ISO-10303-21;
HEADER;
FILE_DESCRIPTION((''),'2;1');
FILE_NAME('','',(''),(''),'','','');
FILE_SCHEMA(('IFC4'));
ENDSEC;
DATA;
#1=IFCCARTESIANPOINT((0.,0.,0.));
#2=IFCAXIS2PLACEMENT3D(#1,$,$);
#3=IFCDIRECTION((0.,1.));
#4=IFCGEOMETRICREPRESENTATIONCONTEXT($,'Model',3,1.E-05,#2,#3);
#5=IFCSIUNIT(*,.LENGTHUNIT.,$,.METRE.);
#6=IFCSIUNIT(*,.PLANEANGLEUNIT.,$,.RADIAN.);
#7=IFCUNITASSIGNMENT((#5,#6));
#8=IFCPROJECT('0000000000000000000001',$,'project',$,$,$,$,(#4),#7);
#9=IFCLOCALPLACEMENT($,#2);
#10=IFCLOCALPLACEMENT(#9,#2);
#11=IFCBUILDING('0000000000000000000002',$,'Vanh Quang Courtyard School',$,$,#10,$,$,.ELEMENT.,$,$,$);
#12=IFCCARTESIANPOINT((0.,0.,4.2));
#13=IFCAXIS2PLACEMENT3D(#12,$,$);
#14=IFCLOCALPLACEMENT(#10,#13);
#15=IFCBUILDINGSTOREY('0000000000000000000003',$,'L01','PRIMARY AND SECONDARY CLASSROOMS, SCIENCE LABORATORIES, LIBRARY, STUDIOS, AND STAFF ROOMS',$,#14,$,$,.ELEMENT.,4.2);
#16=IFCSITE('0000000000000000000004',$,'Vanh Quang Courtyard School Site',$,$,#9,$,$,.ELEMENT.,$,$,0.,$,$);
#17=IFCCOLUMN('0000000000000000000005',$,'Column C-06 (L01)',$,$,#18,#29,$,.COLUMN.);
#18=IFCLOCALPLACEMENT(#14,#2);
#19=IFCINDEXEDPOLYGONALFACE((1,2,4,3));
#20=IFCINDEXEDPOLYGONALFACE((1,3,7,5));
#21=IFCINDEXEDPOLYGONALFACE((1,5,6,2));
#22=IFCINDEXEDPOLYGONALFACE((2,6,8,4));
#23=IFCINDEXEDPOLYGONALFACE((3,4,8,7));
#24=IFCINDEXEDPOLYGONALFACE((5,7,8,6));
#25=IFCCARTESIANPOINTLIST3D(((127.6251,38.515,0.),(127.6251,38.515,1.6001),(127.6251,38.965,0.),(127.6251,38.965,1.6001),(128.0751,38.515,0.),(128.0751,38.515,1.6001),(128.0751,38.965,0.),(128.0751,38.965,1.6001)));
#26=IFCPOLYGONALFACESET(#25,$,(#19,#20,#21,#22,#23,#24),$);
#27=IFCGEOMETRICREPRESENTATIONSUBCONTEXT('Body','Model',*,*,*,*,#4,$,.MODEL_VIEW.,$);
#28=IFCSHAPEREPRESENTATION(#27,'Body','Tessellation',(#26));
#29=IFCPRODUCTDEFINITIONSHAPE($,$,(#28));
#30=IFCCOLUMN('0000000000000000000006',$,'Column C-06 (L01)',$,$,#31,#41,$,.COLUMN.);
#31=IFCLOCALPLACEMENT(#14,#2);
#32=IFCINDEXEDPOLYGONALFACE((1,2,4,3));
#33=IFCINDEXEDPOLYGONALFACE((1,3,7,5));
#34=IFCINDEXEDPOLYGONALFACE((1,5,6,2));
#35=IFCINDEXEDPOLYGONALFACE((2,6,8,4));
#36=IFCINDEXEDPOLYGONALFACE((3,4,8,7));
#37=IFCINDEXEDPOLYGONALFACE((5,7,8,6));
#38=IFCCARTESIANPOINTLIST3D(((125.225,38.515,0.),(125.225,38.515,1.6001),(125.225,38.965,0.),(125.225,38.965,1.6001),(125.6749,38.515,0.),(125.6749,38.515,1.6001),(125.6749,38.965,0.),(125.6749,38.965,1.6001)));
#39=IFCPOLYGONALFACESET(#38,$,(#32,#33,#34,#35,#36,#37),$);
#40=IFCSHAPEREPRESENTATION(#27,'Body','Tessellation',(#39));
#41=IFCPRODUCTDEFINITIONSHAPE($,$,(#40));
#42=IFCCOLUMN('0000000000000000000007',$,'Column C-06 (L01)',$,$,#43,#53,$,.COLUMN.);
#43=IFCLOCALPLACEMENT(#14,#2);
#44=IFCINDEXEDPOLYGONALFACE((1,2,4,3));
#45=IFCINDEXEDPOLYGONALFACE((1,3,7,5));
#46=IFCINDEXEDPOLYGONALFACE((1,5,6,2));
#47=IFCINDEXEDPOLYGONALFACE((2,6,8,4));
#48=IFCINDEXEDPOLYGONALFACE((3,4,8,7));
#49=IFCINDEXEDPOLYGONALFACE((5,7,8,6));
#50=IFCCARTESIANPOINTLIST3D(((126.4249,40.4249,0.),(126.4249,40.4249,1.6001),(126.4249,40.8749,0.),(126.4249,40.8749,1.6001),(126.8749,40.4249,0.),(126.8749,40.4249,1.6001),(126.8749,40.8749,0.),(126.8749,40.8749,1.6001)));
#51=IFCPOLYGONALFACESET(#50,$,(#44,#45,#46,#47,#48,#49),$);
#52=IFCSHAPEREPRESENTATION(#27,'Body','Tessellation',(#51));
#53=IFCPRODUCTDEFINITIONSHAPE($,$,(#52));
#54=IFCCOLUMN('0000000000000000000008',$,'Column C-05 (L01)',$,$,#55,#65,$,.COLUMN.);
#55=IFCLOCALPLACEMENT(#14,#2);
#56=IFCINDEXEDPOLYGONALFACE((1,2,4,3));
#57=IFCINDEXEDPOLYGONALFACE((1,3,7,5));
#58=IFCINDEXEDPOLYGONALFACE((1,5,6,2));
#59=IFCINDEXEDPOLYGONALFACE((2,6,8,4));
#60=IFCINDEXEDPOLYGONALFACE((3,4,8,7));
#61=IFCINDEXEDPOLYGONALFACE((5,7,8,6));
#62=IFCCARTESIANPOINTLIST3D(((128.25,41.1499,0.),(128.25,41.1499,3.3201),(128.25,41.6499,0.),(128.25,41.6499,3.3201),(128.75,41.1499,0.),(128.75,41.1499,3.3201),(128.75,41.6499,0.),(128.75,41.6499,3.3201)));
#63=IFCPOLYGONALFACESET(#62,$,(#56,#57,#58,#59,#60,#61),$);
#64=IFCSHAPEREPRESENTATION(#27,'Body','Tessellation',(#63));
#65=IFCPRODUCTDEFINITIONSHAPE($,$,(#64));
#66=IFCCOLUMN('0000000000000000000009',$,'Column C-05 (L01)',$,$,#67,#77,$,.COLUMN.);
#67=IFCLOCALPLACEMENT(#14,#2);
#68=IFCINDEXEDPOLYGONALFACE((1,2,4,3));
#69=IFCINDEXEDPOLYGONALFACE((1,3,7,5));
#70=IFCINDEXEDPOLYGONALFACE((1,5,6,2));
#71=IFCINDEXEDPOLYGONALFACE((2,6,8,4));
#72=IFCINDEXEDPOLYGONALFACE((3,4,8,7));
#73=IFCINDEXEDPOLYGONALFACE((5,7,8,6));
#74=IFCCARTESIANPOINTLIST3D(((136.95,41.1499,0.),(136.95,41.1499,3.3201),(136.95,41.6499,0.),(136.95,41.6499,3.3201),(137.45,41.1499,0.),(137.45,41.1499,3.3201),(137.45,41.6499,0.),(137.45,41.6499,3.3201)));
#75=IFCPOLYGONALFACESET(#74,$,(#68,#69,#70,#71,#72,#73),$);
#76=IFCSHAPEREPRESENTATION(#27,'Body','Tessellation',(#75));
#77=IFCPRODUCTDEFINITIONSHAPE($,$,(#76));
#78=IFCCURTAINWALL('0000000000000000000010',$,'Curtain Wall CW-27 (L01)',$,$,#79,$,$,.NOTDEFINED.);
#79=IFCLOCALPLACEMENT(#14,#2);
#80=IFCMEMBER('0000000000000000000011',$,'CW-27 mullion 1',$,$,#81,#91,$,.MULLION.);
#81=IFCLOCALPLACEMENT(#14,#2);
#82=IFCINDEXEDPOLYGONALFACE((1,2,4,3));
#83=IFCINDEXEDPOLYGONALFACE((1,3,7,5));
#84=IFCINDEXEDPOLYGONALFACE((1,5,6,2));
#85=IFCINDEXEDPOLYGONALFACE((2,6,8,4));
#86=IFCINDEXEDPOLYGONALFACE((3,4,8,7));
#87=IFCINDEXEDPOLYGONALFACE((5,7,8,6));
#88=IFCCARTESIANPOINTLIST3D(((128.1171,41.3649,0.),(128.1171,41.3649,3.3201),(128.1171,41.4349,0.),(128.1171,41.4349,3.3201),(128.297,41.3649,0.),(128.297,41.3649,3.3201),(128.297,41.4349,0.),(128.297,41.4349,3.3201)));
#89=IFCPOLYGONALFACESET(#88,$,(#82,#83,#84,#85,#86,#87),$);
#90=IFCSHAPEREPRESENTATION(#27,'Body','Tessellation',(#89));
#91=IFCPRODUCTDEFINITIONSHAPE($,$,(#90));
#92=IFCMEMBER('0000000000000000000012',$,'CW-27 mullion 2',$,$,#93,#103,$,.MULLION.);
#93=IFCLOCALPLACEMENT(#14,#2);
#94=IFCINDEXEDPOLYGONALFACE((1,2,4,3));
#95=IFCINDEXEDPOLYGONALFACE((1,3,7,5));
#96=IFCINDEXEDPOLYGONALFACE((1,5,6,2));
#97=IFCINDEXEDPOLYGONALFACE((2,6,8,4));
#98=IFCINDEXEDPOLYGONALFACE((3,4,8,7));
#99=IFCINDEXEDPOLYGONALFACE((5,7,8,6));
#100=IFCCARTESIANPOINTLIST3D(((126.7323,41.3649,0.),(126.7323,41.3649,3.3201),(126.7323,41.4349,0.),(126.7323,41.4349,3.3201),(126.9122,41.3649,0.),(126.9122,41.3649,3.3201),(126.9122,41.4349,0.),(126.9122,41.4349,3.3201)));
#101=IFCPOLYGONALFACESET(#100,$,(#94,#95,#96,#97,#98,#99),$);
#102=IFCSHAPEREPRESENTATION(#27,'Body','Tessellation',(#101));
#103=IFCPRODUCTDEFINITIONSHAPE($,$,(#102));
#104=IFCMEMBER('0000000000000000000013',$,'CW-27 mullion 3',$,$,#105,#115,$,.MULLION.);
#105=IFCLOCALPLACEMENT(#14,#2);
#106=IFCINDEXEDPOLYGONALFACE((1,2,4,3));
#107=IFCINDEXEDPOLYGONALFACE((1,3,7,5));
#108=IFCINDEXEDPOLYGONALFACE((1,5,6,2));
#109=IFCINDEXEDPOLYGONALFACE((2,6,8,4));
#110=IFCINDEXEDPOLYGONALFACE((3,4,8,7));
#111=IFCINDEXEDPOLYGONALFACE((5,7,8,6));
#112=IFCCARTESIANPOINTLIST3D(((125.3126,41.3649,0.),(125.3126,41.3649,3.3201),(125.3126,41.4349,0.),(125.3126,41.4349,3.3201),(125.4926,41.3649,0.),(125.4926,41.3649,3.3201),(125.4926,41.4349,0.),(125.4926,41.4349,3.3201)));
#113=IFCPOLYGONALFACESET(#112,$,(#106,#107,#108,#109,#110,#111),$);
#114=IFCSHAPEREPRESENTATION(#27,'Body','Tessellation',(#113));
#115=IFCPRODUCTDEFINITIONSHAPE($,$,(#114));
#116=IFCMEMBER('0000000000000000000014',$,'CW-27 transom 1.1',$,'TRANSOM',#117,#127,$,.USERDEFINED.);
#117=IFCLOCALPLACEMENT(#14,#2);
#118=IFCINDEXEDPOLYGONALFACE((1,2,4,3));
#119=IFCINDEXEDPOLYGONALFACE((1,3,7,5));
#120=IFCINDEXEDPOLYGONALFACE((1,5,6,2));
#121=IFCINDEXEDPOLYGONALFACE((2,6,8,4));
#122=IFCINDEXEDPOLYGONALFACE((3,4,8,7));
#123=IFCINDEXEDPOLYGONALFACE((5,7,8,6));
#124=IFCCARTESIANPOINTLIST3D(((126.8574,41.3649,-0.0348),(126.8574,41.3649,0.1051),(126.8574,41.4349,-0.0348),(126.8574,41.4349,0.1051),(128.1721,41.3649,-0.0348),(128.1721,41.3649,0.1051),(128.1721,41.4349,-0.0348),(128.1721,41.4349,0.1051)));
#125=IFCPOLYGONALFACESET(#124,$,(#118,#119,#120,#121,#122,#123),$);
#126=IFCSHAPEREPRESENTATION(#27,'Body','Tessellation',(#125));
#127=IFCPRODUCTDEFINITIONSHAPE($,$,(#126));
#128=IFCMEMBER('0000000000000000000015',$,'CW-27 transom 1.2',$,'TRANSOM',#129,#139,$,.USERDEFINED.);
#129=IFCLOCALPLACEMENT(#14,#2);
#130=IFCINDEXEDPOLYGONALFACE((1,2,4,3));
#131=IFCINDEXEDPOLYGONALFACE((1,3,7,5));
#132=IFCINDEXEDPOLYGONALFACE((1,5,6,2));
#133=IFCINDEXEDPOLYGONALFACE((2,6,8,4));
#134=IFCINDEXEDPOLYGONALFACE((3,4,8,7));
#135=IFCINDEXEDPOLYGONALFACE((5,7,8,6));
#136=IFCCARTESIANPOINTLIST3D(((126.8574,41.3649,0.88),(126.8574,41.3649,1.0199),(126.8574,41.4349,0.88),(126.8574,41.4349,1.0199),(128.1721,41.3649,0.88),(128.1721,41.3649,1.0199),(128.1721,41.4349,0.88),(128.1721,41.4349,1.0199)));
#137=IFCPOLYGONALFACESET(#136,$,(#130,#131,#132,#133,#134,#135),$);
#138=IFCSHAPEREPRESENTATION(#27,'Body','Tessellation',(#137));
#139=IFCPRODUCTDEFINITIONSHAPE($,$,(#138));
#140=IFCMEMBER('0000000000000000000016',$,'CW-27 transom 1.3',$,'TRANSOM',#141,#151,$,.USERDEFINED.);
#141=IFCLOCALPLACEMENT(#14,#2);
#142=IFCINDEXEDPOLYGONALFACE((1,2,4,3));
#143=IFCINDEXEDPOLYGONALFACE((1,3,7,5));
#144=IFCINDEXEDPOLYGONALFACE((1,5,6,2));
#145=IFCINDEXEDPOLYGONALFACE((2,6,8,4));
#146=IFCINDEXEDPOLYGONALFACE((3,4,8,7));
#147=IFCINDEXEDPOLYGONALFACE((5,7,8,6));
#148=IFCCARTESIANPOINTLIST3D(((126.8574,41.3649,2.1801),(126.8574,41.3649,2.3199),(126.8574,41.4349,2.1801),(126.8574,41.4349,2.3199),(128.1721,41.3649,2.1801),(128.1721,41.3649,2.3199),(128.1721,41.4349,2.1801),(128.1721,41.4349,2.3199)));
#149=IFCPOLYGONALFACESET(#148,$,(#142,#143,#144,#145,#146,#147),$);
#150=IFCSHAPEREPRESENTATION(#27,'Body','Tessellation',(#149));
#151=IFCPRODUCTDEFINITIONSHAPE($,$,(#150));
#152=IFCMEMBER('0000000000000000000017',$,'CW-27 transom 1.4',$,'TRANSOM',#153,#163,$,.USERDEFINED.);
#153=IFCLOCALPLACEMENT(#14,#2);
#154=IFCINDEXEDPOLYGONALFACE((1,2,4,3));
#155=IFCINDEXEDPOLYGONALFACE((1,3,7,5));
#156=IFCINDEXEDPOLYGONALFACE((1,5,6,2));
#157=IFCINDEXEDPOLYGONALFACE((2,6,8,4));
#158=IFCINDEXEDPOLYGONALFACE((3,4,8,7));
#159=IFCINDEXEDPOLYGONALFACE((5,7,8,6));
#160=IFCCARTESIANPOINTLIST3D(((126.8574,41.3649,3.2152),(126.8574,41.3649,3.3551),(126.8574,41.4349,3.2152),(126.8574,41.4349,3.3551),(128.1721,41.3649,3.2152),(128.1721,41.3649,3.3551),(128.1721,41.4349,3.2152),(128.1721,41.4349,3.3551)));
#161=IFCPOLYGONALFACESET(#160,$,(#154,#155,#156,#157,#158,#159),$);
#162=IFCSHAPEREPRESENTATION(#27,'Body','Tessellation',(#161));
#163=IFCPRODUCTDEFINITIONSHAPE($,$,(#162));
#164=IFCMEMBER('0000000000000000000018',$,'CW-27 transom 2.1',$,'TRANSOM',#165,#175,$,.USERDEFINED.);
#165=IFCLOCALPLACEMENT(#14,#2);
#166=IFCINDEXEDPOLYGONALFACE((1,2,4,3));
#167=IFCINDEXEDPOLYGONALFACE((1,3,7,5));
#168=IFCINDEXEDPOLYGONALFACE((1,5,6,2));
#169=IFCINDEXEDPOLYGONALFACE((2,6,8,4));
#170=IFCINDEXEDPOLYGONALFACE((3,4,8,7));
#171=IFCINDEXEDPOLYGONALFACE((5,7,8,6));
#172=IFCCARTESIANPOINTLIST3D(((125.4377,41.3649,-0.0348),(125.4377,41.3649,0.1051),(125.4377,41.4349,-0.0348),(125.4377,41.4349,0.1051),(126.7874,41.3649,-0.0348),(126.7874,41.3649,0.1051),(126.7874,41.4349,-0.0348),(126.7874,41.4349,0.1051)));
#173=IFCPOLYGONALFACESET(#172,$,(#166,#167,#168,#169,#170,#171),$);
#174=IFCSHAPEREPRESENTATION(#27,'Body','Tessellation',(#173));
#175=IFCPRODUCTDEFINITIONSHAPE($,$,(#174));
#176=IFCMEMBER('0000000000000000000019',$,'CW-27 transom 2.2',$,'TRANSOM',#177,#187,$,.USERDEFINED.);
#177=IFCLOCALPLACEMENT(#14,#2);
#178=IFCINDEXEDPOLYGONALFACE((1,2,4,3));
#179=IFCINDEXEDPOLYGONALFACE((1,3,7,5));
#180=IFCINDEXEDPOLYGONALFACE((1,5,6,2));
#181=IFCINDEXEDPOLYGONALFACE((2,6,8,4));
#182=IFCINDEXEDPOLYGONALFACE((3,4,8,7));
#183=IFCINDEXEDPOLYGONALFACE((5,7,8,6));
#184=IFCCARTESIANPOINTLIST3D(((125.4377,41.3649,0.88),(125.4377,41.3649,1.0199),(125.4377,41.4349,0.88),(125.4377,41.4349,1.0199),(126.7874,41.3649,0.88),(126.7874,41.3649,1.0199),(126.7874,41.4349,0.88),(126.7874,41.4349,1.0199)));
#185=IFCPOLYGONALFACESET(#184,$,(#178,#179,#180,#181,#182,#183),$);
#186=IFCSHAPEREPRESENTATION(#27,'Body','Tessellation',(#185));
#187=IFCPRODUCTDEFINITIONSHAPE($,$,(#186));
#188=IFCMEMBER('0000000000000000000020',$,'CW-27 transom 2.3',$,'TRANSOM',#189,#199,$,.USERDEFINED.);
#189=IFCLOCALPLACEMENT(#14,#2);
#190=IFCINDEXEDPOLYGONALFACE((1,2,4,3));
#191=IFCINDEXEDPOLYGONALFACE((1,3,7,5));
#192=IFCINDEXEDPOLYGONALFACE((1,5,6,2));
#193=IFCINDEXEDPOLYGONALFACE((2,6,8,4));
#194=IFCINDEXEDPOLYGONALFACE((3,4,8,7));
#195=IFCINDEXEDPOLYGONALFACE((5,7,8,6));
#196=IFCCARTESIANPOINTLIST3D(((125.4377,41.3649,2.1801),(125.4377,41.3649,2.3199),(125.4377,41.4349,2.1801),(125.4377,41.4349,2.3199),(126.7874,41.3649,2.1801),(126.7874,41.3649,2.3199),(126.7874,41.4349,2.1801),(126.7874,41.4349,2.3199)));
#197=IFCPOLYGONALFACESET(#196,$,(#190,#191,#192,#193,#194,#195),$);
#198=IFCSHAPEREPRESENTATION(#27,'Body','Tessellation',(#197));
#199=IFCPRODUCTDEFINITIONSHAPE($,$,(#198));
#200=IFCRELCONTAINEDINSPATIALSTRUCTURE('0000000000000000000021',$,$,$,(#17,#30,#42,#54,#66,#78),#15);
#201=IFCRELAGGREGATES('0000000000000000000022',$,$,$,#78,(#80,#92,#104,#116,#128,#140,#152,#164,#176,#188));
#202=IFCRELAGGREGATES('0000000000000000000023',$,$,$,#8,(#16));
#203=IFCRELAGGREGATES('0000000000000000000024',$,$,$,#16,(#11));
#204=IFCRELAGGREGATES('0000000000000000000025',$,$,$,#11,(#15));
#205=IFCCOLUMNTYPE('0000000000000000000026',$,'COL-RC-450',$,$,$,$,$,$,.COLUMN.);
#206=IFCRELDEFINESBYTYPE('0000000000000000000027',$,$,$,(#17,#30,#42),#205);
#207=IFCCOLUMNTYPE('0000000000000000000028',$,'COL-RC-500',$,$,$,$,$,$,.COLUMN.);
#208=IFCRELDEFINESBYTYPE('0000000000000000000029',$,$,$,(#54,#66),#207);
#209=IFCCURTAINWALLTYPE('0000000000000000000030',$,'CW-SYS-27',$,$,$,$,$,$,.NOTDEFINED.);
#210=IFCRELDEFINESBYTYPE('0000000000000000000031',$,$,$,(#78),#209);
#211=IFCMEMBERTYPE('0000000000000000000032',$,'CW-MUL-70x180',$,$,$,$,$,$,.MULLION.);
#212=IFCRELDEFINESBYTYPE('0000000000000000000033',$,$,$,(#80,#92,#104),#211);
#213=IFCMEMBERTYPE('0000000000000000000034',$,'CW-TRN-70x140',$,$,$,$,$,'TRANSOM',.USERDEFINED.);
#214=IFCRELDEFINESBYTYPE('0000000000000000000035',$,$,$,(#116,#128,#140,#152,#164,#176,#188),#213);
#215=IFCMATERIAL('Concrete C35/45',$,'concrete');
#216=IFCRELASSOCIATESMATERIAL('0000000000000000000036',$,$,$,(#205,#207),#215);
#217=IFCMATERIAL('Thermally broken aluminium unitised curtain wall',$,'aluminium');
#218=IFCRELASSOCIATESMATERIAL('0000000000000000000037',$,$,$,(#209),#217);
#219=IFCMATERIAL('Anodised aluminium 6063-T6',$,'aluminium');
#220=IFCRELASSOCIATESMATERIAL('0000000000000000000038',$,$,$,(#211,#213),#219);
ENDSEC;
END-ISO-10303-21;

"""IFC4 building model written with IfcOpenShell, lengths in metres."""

from ifc_helpers import new_model, si_unit, direction, frame, origin, origin_2d, place, context, subcontext, project, spatial, rectangle, extrude, material, material_profile, profile_set, type_object, element, aggregate, save


model = new_model("IFC4")

# Units and contexts
model_context = context("Model", 3, precision=1e-05, world=origin(), true_north=direction((0.0, 1.0)))
body_context = subcontext(model_context, "Body", "Model", "MODEL_VIEW")
ifc_project = project(units=[si_unit("LENGTHUNIT", "METRE"), si_unit("PLANEANGLEUNIT", "RADIAN")], contexts=[model_context])

# Site, building, storey
site_placement = place(None, origin())
site = spatial("IfcSite", under=ifc_project, at=site_placement, Name="Vanh Quang Courtyard School Site", CompositionType="ELEMENT", RefElevation=0.0)
building_placement = place(site_placement, origin())
building = spatial("IfcBuilding", under=site, at=building_placement, Name="Vanh Quang Courtyard School", CompositionType="ELEMENT")
storey_placement = place(building_placement, frame((0.0, 0.0, 4.2)))
storey = spatial("IfcBuildingStorey", under=building, at=storey_placement, Name="L01", Description="PRIMARY AND SECONDARY CLASSROOMS, SCIENCE LABORATORIES, LIBRARY, STUDIOS, AND STAFF ROOMS", CompositionType="ELEMENT", Elevation=4.2)

# Columns
ifc_material_1 = material(Name="Concrete C35/45", Category="concrete")
ifc_material_profile_1 = material_profile(ifc_material_1, rectangle(XDim=0.45, YDim=0.45, at=origin_2d()), Name="RC-COL 450x450")
ifc_profile_set_1 = profile_set([ifc_material_profile_1], Name="Concrete C35/45")
column_type_1 = type_object("IfcColumnType", Name="COL-RC-450", PredefinedType="COLUMN", material=ifc_profile_set_1)
for number, where, z_axis, x_axis, name in (
    (1, (127.8501, 38.74, 0.0), (0.0, 0.0, 1.0), (1.0, 0.0, 0.0), "Column C-06 (L01)"),
    (2, (125.45, 38.74, 0.0), (0.0, 0.0, 1.0), (1.0, 0.0, 0.0), "Column C-06 (L01)"),
    (3, (126.6499, 40.6499, 0.0), (0.0, 0.0, 1.0), (1.0, 0.0, 0.0), "Column C-06 (L01)"),
):
    element("IfcColumn", number, at=place(storey_placement, frame(where, z_axis=z_axis, x_axis=x_axis)), inside=storey, type_object=column_type_1, Name=name, PredefinedType="COLUMN", context=body_context, shape_type="SweptSolid", body=[
        extrude(rectangle(XDim=0.45, YDim=0.45, at=origin_2d()), origin(), (0.0, 0.0, 1.0), 1.6001),
    ])
ifc_material_profile_2 = material_profile(ifc_material_1, rectangle(XDim=0.5, YDim=0.5, at=origin_2d()), Name="RC-COL 500x500")
ifc_profile_set_2 = profile_set([ifc_material_profile_2], Name="Concrete C35/45")
column_type_2 = type_object("IfcColumnType", Name="COL-RC-500", PredefinedType="COLUMN", material=ifc_profile_set_2)
for number, where, z_axis, x_axis, name in (
    (4, (128.5, 41.3999, 0.0), (0.0, 0.0, 1.0), (1.0, 0.0, 0.0), "Column C-05 (L01)"),
    (5, (137.2, 41.3999, 0.0), (0.0, 0.0, 1.0), (1.0, 0.0, 0.0), "Column C-05 (L01)"),
):
    element("IfcColumn", number, at=place(storey_placement, frame(where, z_axis=z_axis, x_axis=x_axis)), inside=storey, type_object=column_type_2, Name=name, PredefinedType="COLUMN", context=body_context, shape_type="SweptSolid", body=[
        extrude(rectangle(XDim=0.5, YDim=0.5, at=origin_2d()), origin(), (0.0, 0.0, 1.0), 3.3201),
    ])

# Curtain wall, members
ifc_material_2 = material(Name="Thermally broken aluminium unitised curtain wall", Category="aluminium")
curtain_wall_type = type_object("IfcCurtainWallType", Name="CW-SYS-27", PredefinedType="NOTDEFINED", material=ifc_material_2)
curtain_wall_placement = place(storey_placement, origin())
curtain_wall = element("IfcCurtainWall", 6, at=curtain_wall_placement, inside=storey, type_object=curtain_wall_type, Name="Curtain Wall CW-27 (L01)", PredefinedType="NOTDEFINED")
ifc_material_3 = material(Name="Anodised aluminium 6063-T6", Category="aluminium")
ifc_material_profile_3 = material_profile(ifc_material_3, rectangle(XDim=0.0701, YDim=0.1799, at=origin_2d()), Name="ALU-MUL 70x180")
ifc_profile_set_3 = profile_set([ifc_material_profile_3], Name="Anodised aluminium 6063-T6")
member_type_1 = type_object("IfcMemberType", Name="CW-MUL-70x180", PredefinedType="MULLION", material=ifc_profile_set_3)
member_1_placement = place(storey_placement, frame((128.207, 41.3999, 0.0), z_axis=(0.0, 0.0, 1.0), x_axis=(0.0, -1.0, 0.0)))
member_1 = element("IfcMember", 7, at=member_1_placement, type_object=member_type_1, Name="CW-27 mullion 1", PredefinedType="MULLION", context=body_context, shape_type="SweptSolid", body=[
    extrude(rectangle(XDim=0.0701, YDim=0.1799, at=origin_2d()), origin(), (0.0, 0.0, 1.0), 3.3201),
])
member_2_placement = place(storey_placement, frame((126.8223, 41.3999, 0.0), z_axis=(0.0, 0.0, 1.0), x_axis=(0.0, -1.0, 0.0)))
member_2 = element("IfcMember", 8, at=member_2_placement, type_object=member_type_1, Name="CW-27 mullion 2", PredefinedType="MULLION", context=body_context, shape_type="SweptSolid", body=[
    extrude(rectangle(XDim=0.0701, YDim=0.1799, at=origin_2d()), origin(), (0.0, 0.0, 1.0), 3.3201),
])
member_3_placement = place(storey_placement, frame((125.4026, 41.3999, 0.0), z_axis=(0.0, 0.0, 1.0), x_axis=(0.0, -1.0, 0.0)))
member_3 = element("IfcMember", 9, at=member_3_placement, type_object=member_type_1, Name="CW-27 mullion 3", PredefinedType="MULLION", context=body_context, shape_type="SweptSolid", body=[
    extrude(rectangle(XDim=0.0701, YDim=0.1799, at=origin_2d()), origin(), (0.0, 0.0, 1.0), 3.3201),
])
ifc_material_profile_4 = material_profile(ifc_material_3, rectangle(XDim=0.0701, YDim=0.1399, at=origin_2d()), Name="ALU-TRN 70x140")
ifc_profile_set_4 = profile_set([ifc_material_profile_4], Name="Anodised aluminium 6063-T6")
member_type_2 = type_object("IfcMemberType", Name="CW-TRN-70x140", ElementType="TRANSOM", PredefinedType="USERDEFINED", material=ifc_profile_set_4)
member_4_placement = place(storey_placement, frame((128.1721, 41.3999, 0.0352), z_axis=(-1.0, 0.0, 0.0), x_axis=(0.0, -1.0, 0.0)))
member_4 = element("IfcMember", 10, at=member_4_placement, type_object=member_type_2, Name="CW-27 transom 1.1", ObjectType="TRANSOM", PredefinedType="USERDEFINED", context=body_context, shape_type="SweptSolid", body=[
    extrude(rectangle(XDim=0.0701, YDim=0.1399, at=origin_2d()), origin(), (0.0, 0.0, 1.0), 1.3147),
])
member_5_placement = place(storey_placement, frame((128.1721, 41.3999, 0.95), z_axis=(-1.0, 0.0, 0.0), x_axis=(0.0, -1.0, 0.0)))
member_5 = element("IfcMember", 11, at=member_5_placement, type_object=member_type_2, Name="CW-27 transom 1.2", ObjectType="TRANSOM", PredefinedType="USERDEFINED", context=body_context, shape_type="SweptSolid", body=[
    extrude(rectangle(XDim=0.0701, YDim=0.1399, at=origin_2d()), origin(), (0.0, 0.0, 1.0), 1.3147),
])
member_6_placement = place(storey_placement, frame((128.1721, 41.3999, 2.25), z_axis=(-1.0, 0.0, 0.0), x_axis=(0.0, -1.0, 0.0)))
member_6 = element("IfcMember", 12, at=member_6_placement, type_object=member_type_2, Name="CW-27 transom 1.3", ObjectType="TRANSOM", PredefinedType="USERDEFINED", context=body_context, shape_type="SweptSolid", body=[
    extrude(rectangle(XDim=0.0701, YDim=0.1399, at=origin_2d()), origin(), (0.0, 0.0, 1.0), 1.3147),
])
member_7_placement = place(storey_placement, frame((128.1721, 41.3999, 3.2852), z_axis=(-1.0, 0.0, 0.0), x_axis=(0.0, -1.0, 0.0)))
member_7 = element("IfcMember", 13, at=member_7_placement, type_object=member_type_2, Name="CW-27 transom 1.4", ObjectType="TRANSOM", PredefinedType="USERDEFINED", context=body_context, shape_type="SweptSolid", body=[
    extrude(rectangle(XDim=0.0701, YDim=0.1399, at=origin_2d()), origin(), (0.0, 0.0, 1.0), 1.3147),
])
member_8_placement = place(storey_placement, frame((126.7874, 41.3999, 0.0352), z_axis=(-1.0, 0.0, 0.0), x_axis=(0.0, -1.0, 0.0)))
member_8 = element("IfcMember", 14, at=member_8_placement, type_object=member_type_2, Name="CW-27 transom 2.1", ObjectType="TRANSOM", PredefinedType="USERDEFINED", context=body_context, shape_type="SweptSolid", body=[
    extrude(rectangle(XDim=0.0701, YDim=0.1399, at=origin_2d()), origin(), (0.0, 0.0, 1.0), 1.3496),
])
member_9_placement = place(storey_placement, frame((126.7874, 41.3999, 0.95), z_axis=(-1.0, 0.0, 0.0), x_axis=(0.0, -1.0, 0.0)))
member_9 = element("IfcMember", 15, at=member_9_placement, type_object=member_type_2, Name="CW-27 transom 2.2", ObjectType="TRANSOM", PredefinedType="USERDEFINED", context=body_context, shape_type="SweptSolid", body=[
    extrude(rectangle(XDim=0.0701, YDim=0.1399, at=origin_2d()), origin(), (0.0, 0.0, 1.0), 1.3496),
])
member_10_placement = place(storey_placement, frame((126.7874, 41.3999, 2.25), z_axis=(-1.0, 0.0, 0.0), x_axis=(0.0, -1.0, 0.0)))
member_10 = element("IfcMember", 16, at=member_10_placement, type_object=member_type_2, Name="CW-27 transom 2.3", ObjectType="TRANSOM", PredefinedType="USERDEFINED", context=body_context, shape_type="SweptSolid", body=[
    extrude(rectangle(XDim=0.0701, YDim=0.1399, at=origin_2d()), origin(), (0.0, 0.0, 1.0), 1.3496),
])
aggregate(curtain_wall, [member_1, member_2, member_3, member_4, member_5, member_6, member_7, member_8, member_9, member_10])

save(model, "model.ifc")
